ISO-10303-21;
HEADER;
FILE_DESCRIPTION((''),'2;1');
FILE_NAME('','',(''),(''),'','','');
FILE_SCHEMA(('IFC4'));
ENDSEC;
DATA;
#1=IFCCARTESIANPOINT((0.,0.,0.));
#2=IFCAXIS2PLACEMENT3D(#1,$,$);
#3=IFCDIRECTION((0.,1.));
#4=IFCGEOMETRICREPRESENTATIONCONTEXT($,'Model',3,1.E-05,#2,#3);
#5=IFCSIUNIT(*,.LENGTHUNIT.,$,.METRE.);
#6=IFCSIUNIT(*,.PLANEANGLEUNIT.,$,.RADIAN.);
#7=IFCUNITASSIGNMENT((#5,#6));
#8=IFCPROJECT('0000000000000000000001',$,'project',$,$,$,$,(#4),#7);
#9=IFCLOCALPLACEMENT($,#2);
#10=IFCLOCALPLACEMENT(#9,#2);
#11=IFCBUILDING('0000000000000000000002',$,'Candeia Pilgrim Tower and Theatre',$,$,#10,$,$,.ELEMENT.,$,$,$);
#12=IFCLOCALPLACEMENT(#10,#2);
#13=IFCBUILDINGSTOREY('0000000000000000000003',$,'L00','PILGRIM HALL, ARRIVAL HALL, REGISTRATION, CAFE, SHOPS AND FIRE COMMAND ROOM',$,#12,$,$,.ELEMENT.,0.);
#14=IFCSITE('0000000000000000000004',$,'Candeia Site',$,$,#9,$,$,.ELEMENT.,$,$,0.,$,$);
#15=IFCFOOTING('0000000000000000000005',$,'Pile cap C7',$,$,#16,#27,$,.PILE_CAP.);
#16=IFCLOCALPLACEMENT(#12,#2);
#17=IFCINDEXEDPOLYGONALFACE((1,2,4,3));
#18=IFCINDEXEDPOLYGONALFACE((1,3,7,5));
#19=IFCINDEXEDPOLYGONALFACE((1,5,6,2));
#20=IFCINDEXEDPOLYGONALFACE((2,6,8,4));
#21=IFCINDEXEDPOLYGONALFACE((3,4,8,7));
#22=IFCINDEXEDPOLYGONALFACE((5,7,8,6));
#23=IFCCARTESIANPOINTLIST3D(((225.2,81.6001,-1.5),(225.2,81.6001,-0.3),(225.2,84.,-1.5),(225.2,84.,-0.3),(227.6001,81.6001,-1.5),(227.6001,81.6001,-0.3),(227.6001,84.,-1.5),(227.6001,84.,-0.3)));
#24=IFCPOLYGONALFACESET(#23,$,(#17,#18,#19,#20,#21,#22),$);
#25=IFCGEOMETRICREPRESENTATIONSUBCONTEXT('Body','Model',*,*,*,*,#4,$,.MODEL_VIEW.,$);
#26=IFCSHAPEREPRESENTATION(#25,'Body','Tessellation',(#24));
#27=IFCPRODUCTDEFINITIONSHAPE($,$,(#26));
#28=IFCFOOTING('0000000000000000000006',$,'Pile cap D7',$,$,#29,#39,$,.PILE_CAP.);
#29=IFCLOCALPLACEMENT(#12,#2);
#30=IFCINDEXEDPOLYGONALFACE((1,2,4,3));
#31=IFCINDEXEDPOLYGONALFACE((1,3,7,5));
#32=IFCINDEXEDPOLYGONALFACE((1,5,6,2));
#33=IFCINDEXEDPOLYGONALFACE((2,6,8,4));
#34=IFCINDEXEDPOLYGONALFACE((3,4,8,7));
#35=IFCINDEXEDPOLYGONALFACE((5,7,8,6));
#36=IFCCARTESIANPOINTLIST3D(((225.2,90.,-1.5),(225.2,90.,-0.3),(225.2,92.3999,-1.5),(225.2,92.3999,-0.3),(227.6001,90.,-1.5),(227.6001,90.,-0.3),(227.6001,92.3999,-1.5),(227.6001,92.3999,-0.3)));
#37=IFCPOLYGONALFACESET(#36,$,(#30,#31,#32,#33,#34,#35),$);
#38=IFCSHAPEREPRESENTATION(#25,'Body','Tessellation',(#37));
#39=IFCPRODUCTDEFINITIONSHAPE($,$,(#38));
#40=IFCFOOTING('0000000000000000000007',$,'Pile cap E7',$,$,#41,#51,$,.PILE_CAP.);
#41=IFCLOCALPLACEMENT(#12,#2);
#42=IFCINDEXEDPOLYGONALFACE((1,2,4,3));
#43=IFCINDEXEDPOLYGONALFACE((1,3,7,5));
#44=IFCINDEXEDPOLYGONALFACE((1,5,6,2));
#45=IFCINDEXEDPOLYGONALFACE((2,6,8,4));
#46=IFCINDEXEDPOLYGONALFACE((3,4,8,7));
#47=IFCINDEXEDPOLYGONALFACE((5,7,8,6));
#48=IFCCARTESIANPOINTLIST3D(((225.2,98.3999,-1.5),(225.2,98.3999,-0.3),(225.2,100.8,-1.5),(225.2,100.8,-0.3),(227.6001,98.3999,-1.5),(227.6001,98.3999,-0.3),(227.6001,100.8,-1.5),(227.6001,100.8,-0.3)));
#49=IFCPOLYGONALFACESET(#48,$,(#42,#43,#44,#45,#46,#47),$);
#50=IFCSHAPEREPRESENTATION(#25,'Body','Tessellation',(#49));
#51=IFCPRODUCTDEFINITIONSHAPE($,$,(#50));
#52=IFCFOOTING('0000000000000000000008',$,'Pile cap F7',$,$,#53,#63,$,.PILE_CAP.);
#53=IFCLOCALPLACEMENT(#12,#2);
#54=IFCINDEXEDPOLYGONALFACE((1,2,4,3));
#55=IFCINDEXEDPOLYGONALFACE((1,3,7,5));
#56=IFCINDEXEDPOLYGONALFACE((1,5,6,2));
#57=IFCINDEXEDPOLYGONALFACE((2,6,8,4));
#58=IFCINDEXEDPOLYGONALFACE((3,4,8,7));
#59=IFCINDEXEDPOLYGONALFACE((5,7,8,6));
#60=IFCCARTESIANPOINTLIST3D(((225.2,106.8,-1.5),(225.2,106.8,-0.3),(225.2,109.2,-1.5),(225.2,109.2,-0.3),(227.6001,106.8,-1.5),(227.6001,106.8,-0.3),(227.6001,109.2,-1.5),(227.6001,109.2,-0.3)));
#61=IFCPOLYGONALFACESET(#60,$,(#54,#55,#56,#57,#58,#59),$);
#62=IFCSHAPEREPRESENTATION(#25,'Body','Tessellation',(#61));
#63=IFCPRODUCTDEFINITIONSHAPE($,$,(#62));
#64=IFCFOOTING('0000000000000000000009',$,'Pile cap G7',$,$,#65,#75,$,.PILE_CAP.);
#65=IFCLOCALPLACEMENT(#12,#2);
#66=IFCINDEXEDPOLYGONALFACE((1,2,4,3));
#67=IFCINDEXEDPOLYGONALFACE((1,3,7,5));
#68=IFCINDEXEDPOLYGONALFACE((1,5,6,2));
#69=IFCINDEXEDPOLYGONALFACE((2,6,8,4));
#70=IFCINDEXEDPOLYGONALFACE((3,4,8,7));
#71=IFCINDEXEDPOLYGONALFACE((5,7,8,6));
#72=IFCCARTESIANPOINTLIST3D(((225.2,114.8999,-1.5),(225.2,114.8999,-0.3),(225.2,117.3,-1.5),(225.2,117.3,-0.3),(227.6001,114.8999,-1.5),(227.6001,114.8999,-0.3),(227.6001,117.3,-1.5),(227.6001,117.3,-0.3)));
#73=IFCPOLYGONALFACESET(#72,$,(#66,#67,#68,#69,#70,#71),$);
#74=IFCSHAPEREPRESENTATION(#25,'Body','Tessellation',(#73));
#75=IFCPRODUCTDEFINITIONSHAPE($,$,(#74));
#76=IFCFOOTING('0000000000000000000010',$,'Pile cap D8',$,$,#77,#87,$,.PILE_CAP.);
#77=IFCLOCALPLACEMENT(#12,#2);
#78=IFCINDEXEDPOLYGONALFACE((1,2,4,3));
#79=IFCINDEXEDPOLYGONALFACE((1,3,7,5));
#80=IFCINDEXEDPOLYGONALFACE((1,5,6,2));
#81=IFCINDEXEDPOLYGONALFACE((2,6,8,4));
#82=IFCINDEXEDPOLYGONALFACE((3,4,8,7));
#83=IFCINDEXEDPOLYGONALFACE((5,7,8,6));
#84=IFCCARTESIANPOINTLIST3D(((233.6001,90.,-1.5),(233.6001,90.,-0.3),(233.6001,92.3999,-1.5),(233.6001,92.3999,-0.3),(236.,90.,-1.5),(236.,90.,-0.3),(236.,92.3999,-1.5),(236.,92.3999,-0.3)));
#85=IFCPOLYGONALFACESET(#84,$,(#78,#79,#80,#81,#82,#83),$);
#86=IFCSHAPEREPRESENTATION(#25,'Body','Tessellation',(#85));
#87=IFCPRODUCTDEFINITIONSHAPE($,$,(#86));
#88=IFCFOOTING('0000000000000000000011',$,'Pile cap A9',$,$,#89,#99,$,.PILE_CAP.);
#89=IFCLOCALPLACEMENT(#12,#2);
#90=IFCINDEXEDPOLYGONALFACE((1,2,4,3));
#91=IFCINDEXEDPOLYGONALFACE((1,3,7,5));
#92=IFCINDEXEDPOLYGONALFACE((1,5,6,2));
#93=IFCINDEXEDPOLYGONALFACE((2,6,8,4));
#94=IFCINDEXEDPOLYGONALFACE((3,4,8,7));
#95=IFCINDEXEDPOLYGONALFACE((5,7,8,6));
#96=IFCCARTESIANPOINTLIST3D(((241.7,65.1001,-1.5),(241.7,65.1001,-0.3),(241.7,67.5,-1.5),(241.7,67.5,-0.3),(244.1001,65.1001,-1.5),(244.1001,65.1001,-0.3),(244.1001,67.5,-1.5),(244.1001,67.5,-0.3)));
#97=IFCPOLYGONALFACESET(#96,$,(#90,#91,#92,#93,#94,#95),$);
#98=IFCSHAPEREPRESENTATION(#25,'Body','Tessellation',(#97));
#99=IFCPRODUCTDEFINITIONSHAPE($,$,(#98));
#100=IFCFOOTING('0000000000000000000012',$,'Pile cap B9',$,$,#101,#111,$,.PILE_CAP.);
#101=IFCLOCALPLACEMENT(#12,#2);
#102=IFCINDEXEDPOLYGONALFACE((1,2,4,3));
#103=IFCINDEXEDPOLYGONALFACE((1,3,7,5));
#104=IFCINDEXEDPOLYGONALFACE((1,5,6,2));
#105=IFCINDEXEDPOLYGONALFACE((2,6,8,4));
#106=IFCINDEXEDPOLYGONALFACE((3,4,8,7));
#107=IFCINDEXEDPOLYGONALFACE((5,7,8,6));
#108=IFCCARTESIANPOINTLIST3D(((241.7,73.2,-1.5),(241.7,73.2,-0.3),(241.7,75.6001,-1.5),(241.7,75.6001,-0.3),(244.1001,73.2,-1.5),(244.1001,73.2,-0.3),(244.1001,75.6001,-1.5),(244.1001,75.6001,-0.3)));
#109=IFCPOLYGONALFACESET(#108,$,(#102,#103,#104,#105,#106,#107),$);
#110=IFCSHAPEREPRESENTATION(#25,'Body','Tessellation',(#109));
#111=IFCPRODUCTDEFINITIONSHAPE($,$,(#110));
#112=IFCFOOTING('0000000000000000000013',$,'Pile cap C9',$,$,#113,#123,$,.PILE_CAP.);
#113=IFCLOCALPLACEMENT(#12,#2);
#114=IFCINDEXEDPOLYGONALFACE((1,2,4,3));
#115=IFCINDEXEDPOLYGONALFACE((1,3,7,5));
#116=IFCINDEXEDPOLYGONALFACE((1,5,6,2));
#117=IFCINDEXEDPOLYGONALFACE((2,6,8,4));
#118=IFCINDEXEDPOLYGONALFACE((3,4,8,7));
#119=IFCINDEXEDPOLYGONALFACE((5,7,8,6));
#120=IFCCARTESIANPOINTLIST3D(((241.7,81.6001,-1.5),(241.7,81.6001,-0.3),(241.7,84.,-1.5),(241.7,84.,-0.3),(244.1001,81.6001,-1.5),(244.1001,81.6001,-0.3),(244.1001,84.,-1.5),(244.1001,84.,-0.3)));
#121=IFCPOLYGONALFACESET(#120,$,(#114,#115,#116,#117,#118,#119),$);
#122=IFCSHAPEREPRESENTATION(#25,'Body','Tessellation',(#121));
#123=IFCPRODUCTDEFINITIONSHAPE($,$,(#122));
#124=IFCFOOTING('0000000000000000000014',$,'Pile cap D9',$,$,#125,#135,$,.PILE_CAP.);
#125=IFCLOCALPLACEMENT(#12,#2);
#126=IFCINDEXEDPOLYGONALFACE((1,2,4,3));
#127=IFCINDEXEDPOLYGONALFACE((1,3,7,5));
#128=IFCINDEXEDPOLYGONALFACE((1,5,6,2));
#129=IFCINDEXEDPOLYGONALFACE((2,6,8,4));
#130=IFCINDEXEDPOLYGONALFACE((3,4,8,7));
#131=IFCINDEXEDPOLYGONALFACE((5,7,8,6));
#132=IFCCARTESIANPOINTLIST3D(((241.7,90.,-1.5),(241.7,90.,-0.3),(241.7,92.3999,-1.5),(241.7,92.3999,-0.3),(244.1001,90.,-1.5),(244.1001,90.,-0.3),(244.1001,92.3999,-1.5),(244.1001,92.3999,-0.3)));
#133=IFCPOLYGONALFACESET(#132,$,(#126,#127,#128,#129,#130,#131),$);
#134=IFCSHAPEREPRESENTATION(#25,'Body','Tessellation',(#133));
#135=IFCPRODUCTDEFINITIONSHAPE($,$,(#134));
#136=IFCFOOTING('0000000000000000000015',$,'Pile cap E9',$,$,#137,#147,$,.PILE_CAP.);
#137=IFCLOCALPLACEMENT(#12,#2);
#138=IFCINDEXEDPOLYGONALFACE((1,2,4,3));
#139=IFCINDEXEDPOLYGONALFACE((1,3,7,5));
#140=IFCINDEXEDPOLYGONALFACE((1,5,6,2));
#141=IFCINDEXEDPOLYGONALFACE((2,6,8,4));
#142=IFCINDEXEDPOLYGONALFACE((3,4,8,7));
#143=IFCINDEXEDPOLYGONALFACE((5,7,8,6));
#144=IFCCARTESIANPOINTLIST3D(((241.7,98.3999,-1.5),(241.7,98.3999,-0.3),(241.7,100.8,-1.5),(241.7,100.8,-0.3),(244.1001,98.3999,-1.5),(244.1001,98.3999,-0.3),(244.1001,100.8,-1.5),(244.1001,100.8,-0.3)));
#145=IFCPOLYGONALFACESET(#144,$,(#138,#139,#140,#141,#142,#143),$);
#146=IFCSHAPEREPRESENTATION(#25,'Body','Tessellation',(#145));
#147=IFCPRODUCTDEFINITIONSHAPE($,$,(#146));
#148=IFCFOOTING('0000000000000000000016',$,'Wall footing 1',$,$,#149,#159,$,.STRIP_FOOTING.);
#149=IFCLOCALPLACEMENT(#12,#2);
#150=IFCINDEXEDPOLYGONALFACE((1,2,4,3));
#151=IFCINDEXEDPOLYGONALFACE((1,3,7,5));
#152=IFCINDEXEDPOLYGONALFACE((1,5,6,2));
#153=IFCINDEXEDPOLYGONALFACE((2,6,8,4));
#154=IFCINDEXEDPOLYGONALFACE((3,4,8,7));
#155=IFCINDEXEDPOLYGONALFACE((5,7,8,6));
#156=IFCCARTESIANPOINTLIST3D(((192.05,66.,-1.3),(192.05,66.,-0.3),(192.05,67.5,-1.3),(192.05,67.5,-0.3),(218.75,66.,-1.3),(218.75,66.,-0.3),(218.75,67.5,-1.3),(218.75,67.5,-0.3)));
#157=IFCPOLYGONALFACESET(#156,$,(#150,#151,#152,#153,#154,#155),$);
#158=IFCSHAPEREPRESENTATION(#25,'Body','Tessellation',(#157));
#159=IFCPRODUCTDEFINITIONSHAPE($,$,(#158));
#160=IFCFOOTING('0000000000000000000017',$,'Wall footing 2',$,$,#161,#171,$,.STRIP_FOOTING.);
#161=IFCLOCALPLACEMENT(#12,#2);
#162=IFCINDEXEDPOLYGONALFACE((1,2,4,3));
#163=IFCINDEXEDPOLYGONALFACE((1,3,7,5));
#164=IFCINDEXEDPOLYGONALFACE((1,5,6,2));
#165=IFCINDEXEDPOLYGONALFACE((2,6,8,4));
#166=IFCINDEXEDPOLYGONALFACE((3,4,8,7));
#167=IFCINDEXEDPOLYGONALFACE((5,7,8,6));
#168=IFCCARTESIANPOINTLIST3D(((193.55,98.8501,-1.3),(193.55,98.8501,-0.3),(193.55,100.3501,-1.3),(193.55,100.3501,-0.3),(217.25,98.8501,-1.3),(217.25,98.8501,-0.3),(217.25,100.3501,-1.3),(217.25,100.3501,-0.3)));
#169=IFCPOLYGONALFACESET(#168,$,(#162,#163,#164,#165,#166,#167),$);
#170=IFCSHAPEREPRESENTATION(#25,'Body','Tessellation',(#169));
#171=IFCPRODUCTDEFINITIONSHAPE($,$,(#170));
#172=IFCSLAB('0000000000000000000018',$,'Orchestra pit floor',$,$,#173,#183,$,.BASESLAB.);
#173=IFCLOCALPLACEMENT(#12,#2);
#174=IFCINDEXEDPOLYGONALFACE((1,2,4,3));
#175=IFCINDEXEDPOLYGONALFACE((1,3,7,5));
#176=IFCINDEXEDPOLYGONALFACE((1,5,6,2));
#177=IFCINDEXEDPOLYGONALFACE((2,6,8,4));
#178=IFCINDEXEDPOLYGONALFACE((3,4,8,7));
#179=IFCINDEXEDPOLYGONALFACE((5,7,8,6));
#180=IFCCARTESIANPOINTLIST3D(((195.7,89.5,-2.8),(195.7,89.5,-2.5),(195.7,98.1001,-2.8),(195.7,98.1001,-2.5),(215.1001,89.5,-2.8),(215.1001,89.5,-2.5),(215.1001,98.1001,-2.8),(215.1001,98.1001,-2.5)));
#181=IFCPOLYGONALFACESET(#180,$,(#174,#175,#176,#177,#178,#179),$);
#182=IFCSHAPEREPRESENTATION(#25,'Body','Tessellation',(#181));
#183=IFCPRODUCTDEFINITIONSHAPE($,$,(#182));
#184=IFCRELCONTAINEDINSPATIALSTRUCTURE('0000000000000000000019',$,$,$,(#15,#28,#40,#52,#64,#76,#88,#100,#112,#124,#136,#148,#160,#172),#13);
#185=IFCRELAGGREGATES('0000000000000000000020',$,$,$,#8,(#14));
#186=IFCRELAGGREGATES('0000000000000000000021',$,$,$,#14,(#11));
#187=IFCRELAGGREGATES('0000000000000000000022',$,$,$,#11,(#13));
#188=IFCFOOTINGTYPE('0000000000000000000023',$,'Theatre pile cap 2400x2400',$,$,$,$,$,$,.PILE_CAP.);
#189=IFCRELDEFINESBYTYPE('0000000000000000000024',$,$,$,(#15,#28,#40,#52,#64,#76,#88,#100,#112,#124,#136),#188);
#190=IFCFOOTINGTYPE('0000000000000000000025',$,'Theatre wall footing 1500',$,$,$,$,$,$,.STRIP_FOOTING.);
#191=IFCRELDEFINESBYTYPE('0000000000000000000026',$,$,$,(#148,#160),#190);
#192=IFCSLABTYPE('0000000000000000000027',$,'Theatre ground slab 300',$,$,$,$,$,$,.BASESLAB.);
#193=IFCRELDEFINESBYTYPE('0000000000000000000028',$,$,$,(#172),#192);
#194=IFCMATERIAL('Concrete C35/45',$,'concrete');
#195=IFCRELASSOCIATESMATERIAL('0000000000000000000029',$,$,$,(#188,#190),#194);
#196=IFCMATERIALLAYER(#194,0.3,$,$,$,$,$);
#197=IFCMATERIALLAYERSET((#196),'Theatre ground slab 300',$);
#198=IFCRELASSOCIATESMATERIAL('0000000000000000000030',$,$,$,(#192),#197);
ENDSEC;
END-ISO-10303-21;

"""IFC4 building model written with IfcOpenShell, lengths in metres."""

from ifc_helpers import new_model, si_unit, direction, frame, origin, place, context, subcontext, project, spatial, polyline, outline, extrude, material, layer, layer_set, type_object, element, save


model = new_model("IFC4")

# Units and contexts
model_context = context("Model", 3, precision=1e-05, world=origin(), true_north=direction((0.0, 1.0)))
body_context = subcontext(model_context, "Body", "Model", "MODEL_VIEW")
ifc_project = project(units=[si_unit("LENGTHUNIT", "METRE"), si_unit("PLANEANGLEUNIT", "RADIAN")], contexts=[model_context])

# Site, building, storey
site_placement = place(None, origin())
site = spatial("IfcSite", under=ifc_project, at=site_placement, Name="Candeia Site", CompositionType="ELEMENT", RefElevation=0.0)
building_placement = place(site_placement, origin())
building = spatial("IfcBuilding", under=site, at=building_placement, Name="Candeia Pilgrim Tower and Theatre", CompositionType="ELEMENT")
storey_placement = place(building_placement, origin())
storey = spatial("IfcBuildingStorey", under=building, at=storey_placement, Name="L00", Description="PILGRIM HALL, ARRIVAL HALL, REGISTRATION, CAFE, SHOPS AND FIRE COMMAND ROOM", CompositionType="ELEMENT", Elevation=0.0)

# Footings
ifc_material_1 = material(Name="Concrete C35/45", Category="concrete")
footing_type_1 = type_object("IfcFootingType", Name="Theatre pile cap 2400x2400", PredefinedType="PILE_CAP", material=ifc_material_1)
footing_1_placement = place(storey_placement, frame((0.0, 0.0, -1.5)))
element("IfcFooting", 1, at=footing_1_placement, inside=storey, type_object=footing_type_1, Name="Pile cap C7", PredefinedType="PILE_CAP", context=body_context, shape_type="SweptSolid", body=[
    extrude(outline(polyline([(225.2, 81.6001), (227.6001, 81.6001), (227.6001, 84.0), (225.2, 84.0), (225.2, 81.6001)])), origin(), (0.0, 0.0, 1.0), 1.2),
])
footing_2_placement = place(storey_placement, frame((0.0, 0.0, -1.5)))
element("IfcFooting", 2, at=footing_2_placement, inside=storey, type_object=footing_type_1, Name="Pile cap D7", PredefinedType="PILE_CAP", context=body_context, shape_type="SweptSolid", body=[
    extrude(outline(polyline([(225.2, 90.0), (227.6001, 90.0), (227.6001, 92.3999), (225.2, 92.3999), (225.2, 90.0)])), origin(), (0.0, 0.0, 1.0), 1.2),
])
footing_3_placement = place(storey_placement, frame((0.0, 0.0, -1.5)))
element("IfcFooting", 3, at=footing_3_placement, inside=storey, type_object=footing_type_1, Name="Pile cap E7", PredefinedType="PILE_CAP", context=body_context, shape_type="SweptSolid", body=[
    extrude(outline(polyline([(225.2, 98.3999), (227.6001, 98.3999), (227.6001, 100.8), (225.2, 100.8), (225.2, 98.3999)])), origin(), (0.0, 0.0, 1.0), 1.2),
])
footing_4_placement = place(storey_placement, frame((0.0, 0.0, -1.5)))
element("IfcFooting", 4, at=footing_4_placement, inside=storey, type_object=footing_type_1, Name="Pile cap F7", PredefinedType="PILE_CAP", context=body_context, shape_type="SweptSolid", body=[
    extrude(outline(polyline([(225.2, 106.8), (227.6001, 106.8), (227.6001, 109.2), (225.2, 109.2), (225.2, 106.8)])), origin(), (0.0, 0.0, 1.0), 1.2),
])
footing_5_placement = place(storey_placement, frame((0.0, 0.0, -1.5)))
element("IfcFooting", 5, at=footing_5_placement, inside=storey, type_object=footing_type_1, Name="Pile cap G7", PredefinedType="PILE_CAP", context=body_context, shape_type="SweptSolid", body=[
    extrude(outline(polyline([(225.2, 114.8999), (227.6001, 114.8999), (227.6001, 117.3), (225.2, 117.3), (225.2, 114.8999)])), origin(), (0.0, 0.0, 1.0), 1.2),
])
footing_6_placement = place(storey_placement, frame((0.0, 0.0, -1.5)))
element("IfcFooting", 6, at=footing_6_placement, inside=storey, type_object=footing_type_1, Name="Pile cap D8", PredefinedType="PILE_CAP", context=body_context, shape_type="SweptSolid", body=[
    extrude(outline(polyline([(233.6001, 90.0), (236.0, 90.0), (236.0, 92.3999), (233.6001, 92.3999), (233.6001, 90.0)])), origin(), (0.0, 0.0, 1.0), 1.2),
])
footing_7_placement = place(storey_placement, frame((0.0, 0.0, -1.5)))
element("IfcFooting", 7, at=footing_7_placement, inside=storey, type_object=footing_type_1, Name="Pile cap A9", PredefinedType="PILE_CAP", context=body_context, shape_type="SweptSolid", body=[
    extrude(outline(polyline([(241.7, 65.1001), (244.1001, 65.1001), (244.1001, 67.5), (241.7, 67.5), (241.7, 65.1001)])), origin(), (0.0, 0.0, 1.0), 1.2),
])
footing_8_placement = place(storey_placement, frame((0.0, 0.0, -1.5)))
element("IfcFooting", 8, at=footing_8_placement, inside=storey, type_object=footing_type_1, Name="Pile cap B9", PredefinedType="PILE_CAP", context=body_context, shape_type="SweptSolid", body=[
    extrude(outline(polyline([(241.7, 73.2), (244.1001, 73.2), (244.1001, 75.6001), (241.7, 75.6001), (241.7, 73.2)])), origin(), (0.0, 0.0, 1.0), 1.2),
])
footing_9_placement = place(storey_placement, frame((0.0, 0.0, -1.5)))
element("IfcFooting", 9, at=footing_9_placement, inside=storey, type_object=footing_type_1, Name="Pile cap C9", PredefinedType="PILE_CAP", context=body_context, shape_type="SweptSolid", body=[
    extrude(outline(polyline([(241.7, 81.6001), (244.1001, 81.6001), (244.1001, 84.0), (241.7, 84.0), (241.7, 81.6001)])), origin(), (0.0, 0.0, 1.0), 1.2),
])
footing_10_placement = place(storey_placement, frame((0.0, 0.0, -1.5)))
element("IfcFooting", 10, at=footing_10_placement, inside=storey, type_object=footing_type_1, Name="Pile cap D9", PredefinedType="PILE_CAP", context=body_context, shape_type="SweptSolid", body=[
    extrude(outline(polyline([(241.7, 90.0), (244.1001, 90.0), (244.1001, 92.3999), (241.7, 92.3999), (241.7, 90.0)])), origin(), (0.0, 0.0, 1.0), 1.2),
])
footing_11_placement = place(storey_placement, frame((0.0, 0.0, -1.5)))
element("IfcFooting", 11, at=footing_11_placement, inside=storey, type_object=footing_type_1, Name="Pile cap E9", PredefinedType="PILE_CAP", context=body_context, shape_type="SweptSolid", body=[
    extrude(outline(polyline([(241.7, 98.3999), (244.1001, 98.3999), (244.1001, 100.8), (241.7, 100.8), (241.7, 98.3999)])), origin(), (0.0, 0.0, 1.0), 1.2),
])
footing_type_2 = type_object("IfcFootingType", Name="Theatre wall footing 1500", PredefinedType="STRIP_FOOTING", material=ifc_material_1)
footing_12_placement = place(storey_placement, frame((0.0, 0.0, -1.3)))
element("IfcFooting", 12, at=footing_12_placement, inside=storey, type_object=footing_type_2, Name="Wall footing 1", PredefinedType="STRIP_FOOTING", context=body_context, shape_type="SweptSolid", body=[
    extrude(outline(polyline([(192.05, 66.0), (218.75, 66.0), (218.75, 67.5), (192.05, 67.5), (192.05, 66.0)])), origin(), (0.0, 0.0, 1.0), 1.0),
])
footing_13_placement = place(storey_placement, frame((0.0, 0.0, -1.3)))
element("IfcFooting", 13, at=footing_13_placement, inside=storey, type_object=footing_type_2, Name="Wall footing 2", PredefinedType="STRIP_FOOTING", context=body_context, shape_type="SweptSolid", body=[
    extrude(outline(polyline([(193.55, 98.8501), (217.25, 98.8501), (217.25, 100.3501), (193.55, 100.3501), (193.55, 98.8501)])), origin(), (0.0, 0.0, 1.0), 1.0),
])

# Slab
ifc_layer_1 = layer(ifc_material_1, 0.3)
ifc_layer_set_1 = layer_set([ifc_layer_1], Name="Theatre ground slab 300")
slab_type = type_object("IfcSlabType", Name="Theatre ground slab 300", PredefinedType="BASESLAB", material=ifc_layer_set_1)
slab_placement = place(storey_placement, frame((0.0, 0.0, -2.8)))
element("IfcSlab", 14, at=slab_placement, inside=storey, type_object=slab_type, Name="Orchestra pit floor", PredefinedType="BASESLAB", context=body_context, shape_type="SweptSolid", body=[
    extrude(outline(polyline([(195.7, 89.5), (215.1001, 89.5), (215.1001, 98.1001), (195.7, 98.1001), (195.7, 89.5)])), origin(), (0.0, 0.0, 1.0), 0.3),
])

save(model, "model.ifc")
